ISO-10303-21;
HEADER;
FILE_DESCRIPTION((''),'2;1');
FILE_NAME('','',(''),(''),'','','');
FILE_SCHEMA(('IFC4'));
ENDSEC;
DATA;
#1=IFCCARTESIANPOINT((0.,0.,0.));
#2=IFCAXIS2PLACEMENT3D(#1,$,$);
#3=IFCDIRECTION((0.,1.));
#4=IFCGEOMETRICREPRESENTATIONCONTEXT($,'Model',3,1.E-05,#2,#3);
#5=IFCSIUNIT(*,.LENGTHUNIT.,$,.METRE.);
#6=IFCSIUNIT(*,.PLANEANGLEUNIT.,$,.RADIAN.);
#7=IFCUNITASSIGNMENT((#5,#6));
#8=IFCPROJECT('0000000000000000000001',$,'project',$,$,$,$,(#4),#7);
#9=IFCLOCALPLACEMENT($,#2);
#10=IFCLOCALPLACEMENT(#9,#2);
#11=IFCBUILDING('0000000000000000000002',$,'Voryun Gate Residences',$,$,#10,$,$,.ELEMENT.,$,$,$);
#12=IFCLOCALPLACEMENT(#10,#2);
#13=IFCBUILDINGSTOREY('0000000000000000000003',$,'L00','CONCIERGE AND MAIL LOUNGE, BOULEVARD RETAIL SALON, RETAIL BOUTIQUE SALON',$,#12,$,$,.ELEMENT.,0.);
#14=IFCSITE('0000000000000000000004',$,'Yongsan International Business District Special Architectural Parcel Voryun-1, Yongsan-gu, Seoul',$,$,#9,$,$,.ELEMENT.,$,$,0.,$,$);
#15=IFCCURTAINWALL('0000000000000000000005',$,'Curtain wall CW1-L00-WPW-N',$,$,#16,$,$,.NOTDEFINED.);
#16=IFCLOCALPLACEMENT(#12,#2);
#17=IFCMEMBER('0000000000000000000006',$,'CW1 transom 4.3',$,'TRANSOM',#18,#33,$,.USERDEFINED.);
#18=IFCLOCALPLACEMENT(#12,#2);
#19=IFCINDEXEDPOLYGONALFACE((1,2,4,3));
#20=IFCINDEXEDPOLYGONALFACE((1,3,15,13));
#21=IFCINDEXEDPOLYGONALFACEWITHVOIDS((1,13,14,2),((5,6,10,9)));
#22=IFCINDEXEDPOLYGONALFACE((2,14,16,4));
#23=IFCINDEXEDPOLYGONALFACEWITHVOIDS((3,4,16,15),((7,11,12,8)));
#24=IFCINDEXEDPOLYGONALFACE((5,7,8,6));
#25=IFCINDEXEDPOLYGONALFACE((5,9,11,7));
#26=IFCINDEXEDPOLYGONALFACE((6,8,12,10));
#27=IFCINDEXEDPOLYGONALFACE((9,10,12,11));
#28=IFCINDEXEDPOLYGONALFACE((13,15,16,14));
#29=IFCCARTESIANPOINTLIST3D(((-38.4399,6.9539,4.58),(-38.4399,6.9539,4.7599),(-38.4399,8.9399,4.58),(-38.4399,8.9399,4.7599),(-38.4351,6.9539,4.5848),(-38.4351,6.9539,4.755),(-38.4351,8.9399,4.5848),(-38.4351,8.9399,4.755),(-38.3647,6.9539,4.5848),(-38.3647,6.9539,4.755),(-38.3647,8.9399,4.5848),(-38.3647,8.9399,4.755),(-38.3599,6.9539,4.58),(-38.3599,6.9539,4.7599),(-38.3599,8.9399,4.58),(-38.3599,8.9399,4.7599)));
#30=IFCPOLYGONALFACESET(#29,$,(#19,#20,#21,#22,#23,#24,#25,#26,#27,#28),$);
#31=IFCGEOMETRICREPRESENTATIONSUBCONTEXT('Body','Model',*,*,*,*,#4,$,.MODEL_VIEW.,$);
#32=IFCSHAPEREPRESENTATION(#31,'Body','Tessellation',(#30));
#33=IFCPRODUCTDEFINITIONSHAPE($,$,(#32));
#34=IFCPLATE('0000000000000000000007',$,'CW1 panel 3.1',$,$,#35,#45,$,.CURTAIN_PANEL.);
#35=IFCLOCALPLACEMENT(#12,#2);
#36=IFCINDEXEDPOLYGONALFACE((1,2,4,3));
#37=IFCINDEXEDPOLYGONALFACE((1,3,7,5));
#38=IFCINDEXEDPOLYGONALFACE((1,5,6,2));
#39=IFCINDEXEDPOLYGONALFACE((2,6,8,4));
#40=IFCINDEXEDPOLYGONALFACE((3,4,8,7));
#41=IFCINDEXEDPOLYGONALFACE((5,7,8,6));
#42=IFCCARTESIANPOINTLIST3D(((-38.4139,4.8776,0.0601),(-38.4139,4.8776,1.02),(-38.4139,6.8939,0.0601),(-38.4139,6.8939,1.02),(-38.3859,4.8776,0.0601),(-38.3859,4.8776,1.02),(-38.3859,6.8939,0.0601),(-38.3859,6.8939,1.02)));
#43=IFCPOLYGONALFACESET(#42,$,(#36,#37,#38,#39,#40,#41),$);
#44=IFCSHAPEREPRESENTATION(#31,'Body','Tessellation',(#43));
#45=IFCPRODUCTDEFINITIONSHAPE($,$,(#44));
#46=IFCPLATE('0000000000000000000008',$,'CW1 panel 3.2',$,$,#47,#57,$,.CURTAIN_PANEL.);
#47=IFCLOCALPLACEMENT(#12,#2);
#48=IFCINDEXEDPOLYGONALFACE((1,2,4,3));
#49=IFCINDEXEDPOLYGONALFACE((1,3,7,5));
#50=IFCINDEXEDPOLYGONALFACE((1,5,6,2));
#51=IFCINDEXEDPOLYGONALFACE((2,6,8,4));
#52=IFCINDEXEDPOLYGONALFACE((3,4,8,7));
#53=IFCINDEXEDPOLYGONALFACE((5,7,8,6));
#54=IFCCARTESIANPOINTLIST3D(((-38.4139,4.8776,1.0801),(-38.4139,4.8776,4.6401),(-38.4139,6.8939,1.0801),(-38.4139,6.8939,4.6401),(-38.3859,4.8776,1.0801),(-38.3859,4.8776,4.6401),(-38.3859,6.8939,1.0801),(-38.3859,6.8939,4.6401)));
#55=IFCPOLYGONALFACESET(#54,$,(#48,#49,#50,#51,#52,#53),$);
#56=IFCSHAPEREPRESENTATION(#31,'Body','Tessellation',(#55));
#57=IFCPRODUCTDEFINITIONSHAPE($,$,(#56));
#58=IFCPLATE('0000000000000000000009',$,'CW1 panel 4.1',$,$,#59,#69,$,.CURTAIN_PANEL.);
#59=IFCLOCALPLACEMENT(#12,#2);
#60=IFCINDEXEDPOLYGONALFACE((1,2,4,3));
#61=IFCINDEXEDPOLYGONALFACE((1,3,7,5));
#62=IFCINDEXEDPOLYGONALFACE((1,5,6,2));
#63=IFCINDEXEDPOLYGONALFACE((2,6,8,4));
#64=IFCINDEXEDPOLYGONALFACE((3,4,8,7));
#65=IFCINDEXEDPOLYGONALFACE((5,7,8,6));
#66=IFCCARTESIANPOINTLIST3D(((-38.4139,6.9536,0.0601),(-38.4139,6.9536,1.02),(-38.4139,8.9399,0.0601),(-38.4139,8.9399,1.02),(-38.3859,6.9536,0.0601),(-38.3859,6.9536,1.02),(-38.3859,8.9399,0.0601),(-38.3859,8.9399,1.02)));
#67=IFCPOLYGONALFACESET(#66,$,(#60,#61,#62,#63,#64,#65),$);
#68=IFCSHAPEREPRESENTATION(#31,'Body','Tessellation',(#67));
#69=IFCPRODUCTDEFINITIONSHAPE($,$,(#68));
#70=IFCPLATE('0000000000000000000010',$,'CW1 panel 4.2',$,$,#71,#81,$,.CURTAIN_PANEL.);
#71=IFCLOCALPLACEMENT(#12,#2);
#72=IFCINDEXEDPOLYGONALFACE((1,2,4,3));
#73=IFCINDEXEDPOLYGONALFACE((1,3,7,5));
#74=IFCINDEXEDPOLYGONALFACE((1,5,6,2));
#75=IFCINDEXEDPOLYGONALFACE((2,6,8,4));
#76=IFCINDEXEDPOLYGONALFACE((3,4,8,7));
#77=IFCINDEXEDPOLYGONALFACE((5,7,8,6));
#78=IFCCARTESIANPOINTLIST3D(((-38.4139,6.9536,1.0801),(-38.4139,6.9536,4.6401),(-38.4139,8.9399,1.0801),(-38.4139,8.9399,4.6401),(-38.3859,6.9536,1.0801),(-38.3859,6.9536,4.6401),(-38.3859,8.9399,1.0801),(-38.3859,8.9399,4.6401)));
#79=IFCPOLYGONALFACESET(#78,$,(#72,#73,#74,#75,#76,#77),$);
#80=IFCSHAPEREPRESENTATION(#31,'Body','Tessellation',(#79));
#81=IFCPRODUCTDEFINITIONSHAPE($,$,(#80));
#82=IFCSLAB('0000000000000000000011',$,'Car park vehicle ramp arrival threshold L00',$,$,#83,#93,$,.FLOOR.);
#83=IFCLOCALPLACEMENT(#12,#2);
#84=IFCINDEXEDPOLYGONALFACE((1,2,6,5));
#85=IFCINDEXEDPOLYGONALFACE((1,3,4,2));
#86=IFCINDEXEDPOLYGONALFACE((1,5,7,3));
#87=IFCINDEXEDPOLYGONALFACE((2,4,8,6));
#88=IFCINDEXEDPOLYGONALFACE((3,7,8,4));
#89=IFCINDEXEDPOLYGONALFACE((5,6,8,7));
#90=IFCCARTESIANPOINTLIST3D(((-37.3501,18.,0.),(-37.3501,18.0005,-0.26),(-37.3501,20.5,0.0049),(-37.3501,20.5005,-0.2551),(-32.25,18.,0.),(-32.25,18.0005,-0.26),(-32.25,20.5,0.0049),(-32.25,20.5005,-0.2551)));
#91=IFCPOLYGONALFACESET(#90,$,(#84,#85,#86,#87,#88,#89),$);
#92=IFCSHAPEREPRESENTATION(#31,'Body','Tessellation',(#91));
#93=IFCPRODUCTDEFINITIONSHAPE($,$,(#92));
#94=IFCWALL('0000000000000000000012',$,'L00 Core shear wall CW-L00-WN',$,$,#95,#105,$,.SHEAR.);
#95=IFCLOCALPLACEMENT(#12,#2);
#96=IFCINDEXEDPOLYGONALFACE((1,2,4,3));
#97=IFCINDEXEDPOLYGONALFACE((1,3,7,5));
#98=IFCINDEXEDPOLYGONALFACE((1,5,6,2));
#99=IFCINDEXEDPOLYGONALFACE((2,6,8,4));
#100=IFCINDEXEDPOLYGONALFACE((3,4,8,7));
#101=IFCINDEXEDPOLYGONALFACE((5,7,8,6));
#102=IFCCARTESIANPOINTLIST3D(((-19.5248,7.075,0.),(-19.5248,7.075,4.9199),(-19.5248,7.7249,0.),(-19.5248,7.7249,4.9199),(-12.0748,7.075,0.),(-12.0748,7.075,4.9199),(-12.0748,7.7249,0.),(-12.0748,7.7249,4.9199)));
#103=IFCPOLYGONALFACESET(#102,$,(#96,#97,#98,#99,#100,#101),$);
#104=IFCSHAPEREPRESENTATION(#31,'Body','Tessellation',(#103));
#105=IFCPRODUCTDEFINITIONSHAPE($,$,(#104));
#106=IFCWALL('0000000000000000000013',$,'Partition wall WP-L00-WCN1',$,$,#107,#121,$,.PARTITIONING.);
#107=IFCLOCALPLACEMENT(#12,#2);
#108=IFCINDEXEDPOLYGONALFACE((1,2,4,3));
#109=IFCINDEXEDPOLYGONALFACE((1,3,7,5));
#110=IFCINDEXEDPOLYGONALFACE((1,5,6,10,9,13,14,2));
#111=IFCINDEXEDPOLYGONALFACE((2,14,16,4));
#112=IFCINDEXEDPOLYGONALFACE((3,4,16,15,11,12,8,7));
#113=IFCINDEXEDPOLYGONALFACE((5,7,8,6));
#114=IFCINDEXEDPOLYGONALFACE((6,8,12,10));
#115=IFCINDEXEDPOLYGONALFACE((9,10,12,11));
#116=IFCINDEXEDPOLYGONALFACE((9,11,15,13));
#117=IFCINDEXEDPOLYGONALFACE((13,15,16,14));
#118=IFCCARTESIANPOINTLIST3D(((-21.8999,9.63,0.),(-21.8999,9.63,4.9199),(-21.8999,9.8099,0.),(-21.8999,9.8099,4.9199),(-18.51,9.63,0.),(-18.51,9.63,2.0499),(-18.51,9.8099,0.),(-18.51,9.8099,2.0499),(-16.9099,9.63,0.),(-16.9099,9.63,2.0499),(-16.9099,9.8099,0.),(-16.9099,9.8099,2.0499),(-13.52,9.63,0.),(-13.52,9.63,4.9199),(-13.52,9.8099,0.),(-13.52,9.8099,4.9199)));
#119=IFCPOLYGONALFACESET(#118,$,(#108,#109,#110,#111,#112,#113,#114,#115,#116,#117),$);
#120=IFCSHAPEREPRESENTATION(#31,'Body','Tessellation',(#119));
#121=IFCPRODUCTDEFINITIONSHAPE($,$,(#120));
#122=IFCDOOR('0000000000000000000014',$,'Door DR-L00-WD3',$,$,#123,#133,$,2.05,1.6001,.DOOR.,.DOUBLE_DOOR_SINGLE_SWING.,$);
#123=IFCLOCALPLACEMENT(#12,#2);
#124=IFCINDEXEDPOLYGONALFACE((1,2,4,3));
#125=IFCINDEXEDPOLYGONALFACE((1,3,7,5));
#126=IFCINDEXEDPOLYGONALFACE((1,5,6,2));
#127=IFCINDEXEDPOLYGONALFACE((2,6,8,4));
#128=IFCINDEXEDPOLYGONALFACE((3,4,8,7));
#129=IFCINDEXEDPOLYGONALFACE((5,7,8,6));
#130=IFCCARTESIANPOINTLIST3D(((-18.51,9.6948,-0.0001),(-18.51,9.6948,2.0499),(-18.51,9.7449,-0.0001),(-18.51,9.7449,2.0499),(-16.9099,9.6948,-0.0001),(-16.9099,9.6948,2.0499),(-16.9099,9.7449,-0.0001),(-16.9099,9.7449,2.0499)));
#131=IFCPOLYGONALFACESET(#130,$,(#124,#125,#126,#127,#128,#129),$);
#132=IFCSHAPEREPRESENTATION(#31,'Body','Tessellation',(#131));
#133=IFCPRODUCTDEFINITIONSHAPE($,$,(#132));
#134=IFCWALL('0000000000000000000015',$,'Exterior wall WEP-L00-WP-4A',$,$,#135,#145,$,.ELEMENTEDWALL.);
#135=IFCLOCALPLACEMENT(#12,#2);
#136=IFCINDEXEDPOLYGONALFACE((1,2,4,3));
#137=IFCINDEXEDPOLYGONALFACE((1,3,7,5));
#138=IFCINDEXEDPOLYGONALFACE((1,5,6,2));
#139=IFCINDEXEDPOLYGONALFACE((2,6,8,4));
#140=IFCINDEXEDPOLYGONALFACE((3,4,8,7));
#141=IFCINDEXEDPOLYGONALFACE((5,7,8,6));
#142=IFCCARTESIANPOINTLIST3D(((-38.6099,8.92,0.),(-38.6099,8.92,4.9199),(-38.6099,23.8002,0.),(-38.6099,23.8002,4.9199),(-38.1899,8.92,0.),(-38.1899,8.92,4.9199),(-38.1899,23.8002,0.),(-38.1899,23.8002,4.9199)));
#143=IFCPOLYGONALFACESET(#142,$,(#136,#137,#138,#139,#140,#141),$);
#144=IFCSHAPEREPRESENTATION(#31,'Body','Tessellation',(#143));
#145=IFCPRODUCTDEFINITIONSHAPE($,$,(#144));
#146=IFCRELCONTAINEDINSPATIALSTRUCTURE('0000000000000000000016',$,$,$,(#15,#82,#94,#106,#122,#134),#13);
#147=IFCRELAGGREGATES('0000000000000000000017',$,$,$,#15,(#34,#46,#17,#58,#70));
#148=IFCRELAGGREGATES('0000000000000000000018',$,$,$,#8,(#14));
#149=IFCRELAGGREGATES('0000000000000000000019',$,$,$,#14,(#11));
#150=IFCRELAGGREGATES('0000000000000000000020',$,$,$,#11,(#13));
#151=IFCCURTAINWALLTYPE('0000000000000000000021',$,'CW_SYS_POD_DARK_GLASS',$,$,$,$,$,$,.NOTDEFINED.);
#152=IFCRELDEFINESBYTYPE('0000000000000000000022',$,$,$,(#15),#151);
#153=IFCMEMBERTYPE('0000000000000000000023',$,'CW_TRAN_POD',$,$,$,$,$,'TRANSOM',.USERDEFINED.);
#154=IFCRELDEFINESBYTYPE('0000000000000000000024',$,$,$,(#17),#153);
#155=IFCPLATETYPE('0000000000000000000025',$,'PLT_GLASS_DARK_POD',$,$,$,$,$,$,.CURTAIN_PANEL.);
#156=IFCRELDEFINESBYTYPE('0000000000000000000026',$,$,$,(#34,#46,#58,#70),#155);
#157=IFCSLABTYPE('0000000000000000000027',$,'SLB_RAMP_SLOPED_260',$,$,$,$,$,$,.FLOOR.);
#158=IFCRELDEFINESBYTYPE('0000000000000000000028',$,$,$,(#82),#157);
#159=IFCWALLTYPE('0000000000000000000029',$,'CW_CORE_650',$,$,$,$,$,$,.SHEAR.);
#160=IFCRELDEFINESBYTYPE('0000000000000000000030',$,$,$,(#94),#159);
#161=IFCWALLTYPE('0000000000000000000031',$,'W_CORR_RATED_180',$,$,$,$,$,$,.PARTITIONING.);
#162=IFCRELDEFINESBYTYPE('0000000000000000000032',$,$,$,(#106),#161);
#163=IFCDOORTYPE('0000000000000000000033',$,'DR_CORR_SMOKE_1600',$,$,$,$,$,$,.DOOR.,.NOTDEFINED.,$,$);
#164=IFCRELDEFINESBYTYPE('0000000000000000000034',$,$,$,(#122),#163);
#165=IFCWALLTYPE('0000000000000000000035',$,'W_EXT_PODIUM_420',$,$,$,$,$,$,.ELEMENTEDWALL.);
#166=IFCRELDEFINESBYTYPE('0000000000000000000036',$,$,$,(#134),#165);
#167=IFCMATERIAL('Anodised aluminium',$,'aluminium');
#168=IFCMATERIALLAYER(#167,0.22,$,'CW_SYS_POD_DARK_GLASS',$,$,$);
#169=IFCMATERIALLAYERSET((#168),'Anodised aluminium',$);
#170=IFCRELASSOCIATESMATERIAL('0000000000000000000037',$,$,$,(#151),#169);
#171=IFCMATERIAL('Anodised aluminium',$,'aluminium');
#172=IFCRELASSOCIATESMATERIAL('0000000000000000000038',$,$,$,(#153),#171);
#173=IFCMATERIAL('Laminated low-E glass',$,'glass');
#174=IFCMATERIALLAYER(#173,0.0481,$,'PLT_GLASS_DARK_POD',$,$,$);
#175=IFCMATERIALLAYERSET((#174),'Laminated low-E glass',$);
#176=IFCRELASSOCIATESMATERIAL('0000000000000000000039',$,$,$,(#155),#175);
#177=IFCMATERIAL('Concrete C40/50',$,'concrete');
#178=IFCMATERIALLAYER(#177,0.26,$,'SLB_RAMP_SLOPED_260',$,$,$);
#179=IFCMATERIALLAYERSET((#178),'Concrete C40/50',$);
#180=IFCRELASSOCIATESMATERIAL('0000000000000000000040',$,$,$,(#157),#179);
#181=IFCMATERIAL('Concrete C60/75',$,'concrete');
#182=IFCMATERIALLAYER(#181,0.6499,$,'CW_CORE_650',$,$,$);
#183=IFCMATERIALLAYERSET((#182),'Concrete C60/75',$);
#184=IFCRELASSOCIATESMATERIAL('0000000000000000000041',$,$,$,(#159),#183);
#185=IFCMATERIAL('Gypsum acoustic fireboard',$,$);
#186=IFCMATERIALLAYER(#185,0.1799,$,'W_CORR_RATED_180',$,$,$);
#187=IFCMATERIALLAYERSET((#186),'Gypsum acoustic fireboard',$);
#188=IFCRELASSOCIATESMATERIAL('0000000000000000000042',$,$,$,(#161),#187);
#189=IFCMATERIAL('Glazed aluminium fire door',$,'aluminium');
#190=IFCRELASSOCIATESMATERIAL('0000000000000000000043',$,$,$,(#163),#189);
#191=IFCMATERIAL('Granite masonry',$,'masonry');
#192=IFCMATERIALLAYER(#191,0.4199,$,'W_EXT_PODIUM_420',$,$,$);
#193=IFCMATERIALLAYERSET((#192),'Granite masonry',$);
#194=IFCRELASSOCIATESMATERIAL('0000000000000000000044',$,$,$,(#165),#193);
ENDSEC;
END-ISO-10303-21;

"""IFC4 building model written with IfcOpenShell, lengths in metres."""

from ifc_helpers import new_model, si_unit, direction, frame, frame_2d, origin, origin_2d, place, context, subcontext, project, spatial, polyline, rectangle, hollow_rectangle, outline, extrude, material, layer, layer_set, material_profile, profile_set, type_object, element, fill, aggregate, save


model = new_model("IFC4")

# Units and contexts
model_context = context("Model", 3, precision=1e-05, world=origin(), true_north=direction((0.0, 1.0)))
body_context = subcontext(model_context, "Body", "Model", "MODEL_VIEW")
ifc_project = project(units=[si_unit("LENGTHUNIT", "METRE"), si_unit("PLANEANGLEUNIT", "RADIAN")], contexts=[model_context])

# Site, building, storey
site_placement = place(None, origin())
site = spatial("IfcSite", under=ifc_project, at=site_placement, Name="Yongsan International Business District Special Architectural Parcel Voryun-1, Yongsan-gu, Seoul", CompositionType="ELEMENT", RefElevation=0.0)
building_placement = place(site_placement, origin())
building = spatial("IfcBuilding", under=site, at=building_placement, Name="Voryun Gate Residences", CompositionType="ELEMENT")
storey_placement = place(building_placement, origin())
storey = spatial("IfcBuildingStorey", under=building, at=storey_placement, Name="L00", Description="CONCIERGE AND MAIL LOUNGE, BOULEVARD RETAIL SALON, RETAIL BOUTIQUE SALON", CompositionType="ELEMENT", Elevation=0.0)

# Curtain wall
ifc_material_1 = material(Name="Anodised aluminium", Category="aluminium")
ifc_layer_1 = layer(ifc_material_1, 0.22, Name="CW_SYS_POD_DARK_GLASS")
ifc_layer_set_1 = layer_set([ifc_layer_1], Name="Anodised aluminium")
curtain_wall_type_1 = type_object("IfcCurtainWallType", Name="CW_SYS_POD_DARK_GLASS", PredefinedType="NOTDEFINED", material=ifc_layer_set_1)
curtain_wall_1_placement = place(storey_placement, origin())
curtain_wall_1 = element("IfcCurtainWall", 1, at=curtain_wall_1_placement, inside=storey, type_object=curtain_wall_type_1, Name="Curtain wall CW1-L00-WPW-N", PredefinedType="NOTDEFINED")

# Member
ifc_material_2 = material(Name="Anodised aluminium", Category="aluminium")
ifc_material_profile_1 = material_profile(ifc_material_2, hollow_rectangle(XDim=0.0801, YDim=0.1799, WallThickness=0.0049, at=origin_2d()), Name="ALU-TRAN-180x80x5")
ifc_profile_set_1 = profile_set([ifc_material_profile_1], Name="Anodised aluminium")
member_type_1 = type_object("IfcMemberType", Name="CW_TRAN_POD", ElementType="TRANSOM", PredefinedType="USERDEFINED", material=ifc_profile_set_1)
member_1_placement = place(storey_placement, frame((-38.3999, 6.9539, 4.6699), z_axis=(0.0, 1.0, 0.0), x_axis=(-1.0, 0.0, 0.0)))
member_1 = element("IfcMember", 2, at=member_1_placement, type_object=member_type_1, Name="CW1 transom 4.3", ObjectType="TRANSOM", PredefinedType="USERDEFINED", context=body_context, shape_type="SweptSolid", body=[
    extrude(hollow_rectangle(XDim=0.0801, YDim=0.1799, WallThickness=0.0049, at=origin_2d()), origin(), (0.0, 0.0, 1.0), 1.9861),
])

# Plates
ifc_material_3 = material(Name="Laminated low-E glass", Category="glass")
ifc_layer_2 = layer(ifc_material_3, 0.0481, Name="PLT_GLASS_DARK_POD")
ifc_layer_set_2 = layer_set([ifc_layer_2], Name="Laminated low-E glass")
plate_type = type_object("IfcPlateType", Name="PLT_GLASS_DARK_POD", PredefinedType="CURTAIN_PANEL", material=ifc_layer_set_2)
plate_1_placement = place(storey_placement, frame((-38.3999, 5.8857, 0.0601), z_axis=(0.0, 0.0, 1.0), x_axis=(0.0, 1.0, 0.0)))
plate_1 = element("IfcPlate", 3, at=plate_1_placement, type_object=plate_type, Name="CW1 panel 3.1", PredefinedType="CURTAIN_PANEL", context=body_context, shape_type="SweptSolid", body=[
    extrude(rectangle(XDim=2.0164, YDim=0.0281, at=origin_2d()), origin(), (0.0, 0.0, 1.0), 0.96),
])
plate_2_placement = place(storey_placement, frame((-38.3999, 5.8857, 1.0801), z_axis=(0.0, 0.0, 1.0), x_axis=(0.0, 1.0, 0.0)))
plate_2 = element("IfcPlate", 4, at=plate_2_placement, type_object=plate_type, Name="CW1 panel 3.2", PredefinedType="CURTAIN_PANEL", context=body_context, shape_type="SweptSolid", body=[
    extrude(rectangle(XDim=2.0164, YDim=0.0281, at=origin_2d()), origin(), (0.0, 0.0, 1.0), 3.5601),
])
plate_3_placement = place(storey_placement, frame((-38.3999, 7.9468, 0.0601), z_axis=(0.0, 0.0, 1.0), x_axis=(0.0, 1.0, 0.0)))
plate_3 = element("IfcPlate", 5, at=plate_3_placement, type_object=plate_type, Name="CW1 panel 4.1", PredefinedType="CURTAIN_PANEL", context=body_context, shape_type="SweptSolid", body=[
    extrude(rectangle(XDim=1.9863, YDim=0.0281, at=origin_2d()), origin(), (0.0, 0.0, 1.0), 0.96),
])
plate_4_placement = place(storey_placement, frame((-38.3999, 7.9468, 1.0801), z_axis=(0.0, 0.0, 1.0), x_axis=(0.0, 1.0, 0.0)))
plate_4 = element("IfcPlate", 6, at=plate_4_placement, type_object=plate_type, Name="CW1 panel 4.2", PredefinedType="CURTAIN_PANEL", context=body_context, shape_type="SweptSolid", body=[
    extrude(rectangle(XDim=1.9863, YDim=0.0281, at=origin_2d()), origin(), (0.0, 0.0, 1.0), 3.5601),
])
aggregate(curtain_wall_1, [plate_1, plate_2, member_1, plate_3, plate_4])

# Slab
ifc_material_4 = material(Name="Concrete C40/50", Category="concrete")
ifc_layer_3 = layer(ifc_material_4, 0.26, Name="SLB_RAMP_SLOPED_260")
ifc_layer_set_3 = layer_set([ifc_layer_3], Name="Concrete C40/50")
slab_type = type_object("IfcSlabType", Name="SLB_RAMP_SLOPED_260", PredefinedType="FLOOR", material=ifc_layer_set_3)
slab_placement = place(storey_placement, frame((-37.3501, 18.0, 0.0), z_axis=(0.0, -0.001953, 0.999998), x_axis=(1.0, 0.0, 0.0)))
element("IfcSlab", 7, at=slab_placement, inside=storey, type_object=slab_type, Name="Car park vehicle ramp arrival threshold L00", PredefinedType="FLOOR", context=body_context, shape_type="SweptSolid", body=[
    extrude(outline(polyline([(0.0, 0.0), (5.1001, 0.0), (5.1001, 2.5), (0.0, 2.5), (0.0, 0.0)])), origin(), (0.0, 0.0, -1.0), 0.26),
])

# Wall
ifc_material_5 = material(Name="Concrete C60/75", Category="concrete")
ifc_layer_4 = layer(ifc_material_5, 0.6499, Name="CW_CORE_650")
ifc_layer_set_4 = layer_set([ifc_layer_4], Name="Concrete C60/75")
wall_type_1 = type_object("IfcWallType", Name="CW_CORE_650", PredefinedType="SHEAR", material=ifc_layer_set_4)
wall_1_placement = place(storey_placement, frame((-19.5249, 7.3999, 0.0), z_axis=(0.0, 0.0, 1.0), x_axis=(1.0, 0.0, 0.0)))
element("IfcWall", 8, at=wall_1_placement, inside=storey, type_object=wall_type_1, Name="L00 Core shear wall CW-L00-WN", PredefinedType="SHEAR", context=body_context, shape_type="SweptSolid", body=[
    extrude(rectangle(XDim=7.45, YDim=0.6499, at=frame_2d((3.7251, 0.0))), origin(), (0.0, 0.0, 1.0), 4.9199),
])

# Wall, opening, door
ifc_material_6 = material(Name="Gypsum acoustic fireboard")
ifc_layer_5 = layer(ifc_material_6, 0.1799, Name="W_CORR_RATED_180")
ifc_layer_set_5 = layer_set([ifc_layer_5], Name="Gypsum acoustic fireboard")
wall_type_2 = type_object("IfcWallType", Name="W_CORR_RATED_180", PredefinedType="PARTITIONING", material=ifc_layer_set_5)
wall_2_placement = place(storey_placement, frame((-21.8999, 9.72, 0.0), z_axis=(0.0, 0.0, 1.0), x_axis=(1.0, 0.0, 0.0)))
wall_2 = element("IfcWall", 9, at=wall_2_placement, inside=storey, type_object=wall_type_2, Name="Partition wall WP-L00-WCN1", PredefinedType="PARTITIONING", context=body_context, shape_type="SweptSolid", body=[
    extrude(rectangle(XDim=8.3799, YDim=0.1799, at=frame_2d((4.1899, 0.0))), origin(), (0.0, 0.0, 1.0), 4.9199),
])
opening_placement = place(wall_2_placement, frame((3.3899, 0.0, 0.0)))
opening = element("IfcOpeningElement", 10, at=opening_placement, cuts=wall_2, PredefinedType="OPENING", context=body_context, shape_type="SweptSolid", body=[
    extrude(rectangle(XDim=1.6001, YDim=2.05, at=frame_2d((0.8, 1.0249))), frame((0.0, 0.0999, 0.0), z_axis=(0.0, -1.0, 0.0), x_axis=(1.0, 0.0, 0.0)), (0.0, 0.0, 1.0), 0.2),
])
ifc_material_7 = material(Name="Glazed aluminium fire door", Category="aluminium")
door_type = type_object("IfcDoorType", Name="DR_CORR_SMOKE_1600", OperationType="NOTDEFINED", PredefinedType="DOOR", material=ifc_material_7)
door_placement = place(opening_placement, origin())
door = element("IfcDoor", 11, at=door_placement, inside=storey, type_object=door_type, Name="Door DR-L00-WD3", OperationType="DOUBLE_DOOR_SINGLE_SWING", OverallHeight=2.05, OverallWidth=1.6001, PredefinedType="DOOR", context=body_context, shape_type="SweptSolid", body=[
    extrude(rectangle(XDim=1.6001, YDim=2.05, at=frame_2d((0.8, 1.0249))), frame((0.0, 0.0249, 0.0), z_axis=(0.0, -1.0, 0.0), x_axis=(1.0, 0.0, 0.0)), (0.0, 0.0, 1.0), 0.05),
])
fill(opening, door)

# Wall
ifc_material_8 = material(Name="Granite masonry", Category="masonry")
ifc_layer_6 = layer(ifc_material_8, 0.4199, Name="W_EXT_PODIUM_420")
ifc_layer_set_6 = layer_set([ifc_layer_6], Name="Granite masonry")
wall_type_3 = type_object("IfcWallType", Name="W_EXT_PODIUM_420", PredefinedType="ELEMENTEDWALL", material=ifc_layer_set_6)
wall_3_placement = place(storey_placement, frame((-38.3999, 23.8, 0.0), z_axis=(0.0, 0.0, 1.0), x_axis=(0.0, -1.0, 0.0)))
element("IfcWall", 12, at=wall_3_placement, inside=storey, type_object=wall_type_3, Name="Exterior wall WEP-L00-WP-4A", PredefinedType="ELEMENTEDWALL", context=body_context, shape_type="SweptSolid", body=[
    extrude(rectangle(XDim=14.8801, YDim=0.4199, at=frame_2d((7.4399, 0.0))), origin(), (0.0, 0.0, 1.0), 4.9199),
])

save(model, "model.ifc")
